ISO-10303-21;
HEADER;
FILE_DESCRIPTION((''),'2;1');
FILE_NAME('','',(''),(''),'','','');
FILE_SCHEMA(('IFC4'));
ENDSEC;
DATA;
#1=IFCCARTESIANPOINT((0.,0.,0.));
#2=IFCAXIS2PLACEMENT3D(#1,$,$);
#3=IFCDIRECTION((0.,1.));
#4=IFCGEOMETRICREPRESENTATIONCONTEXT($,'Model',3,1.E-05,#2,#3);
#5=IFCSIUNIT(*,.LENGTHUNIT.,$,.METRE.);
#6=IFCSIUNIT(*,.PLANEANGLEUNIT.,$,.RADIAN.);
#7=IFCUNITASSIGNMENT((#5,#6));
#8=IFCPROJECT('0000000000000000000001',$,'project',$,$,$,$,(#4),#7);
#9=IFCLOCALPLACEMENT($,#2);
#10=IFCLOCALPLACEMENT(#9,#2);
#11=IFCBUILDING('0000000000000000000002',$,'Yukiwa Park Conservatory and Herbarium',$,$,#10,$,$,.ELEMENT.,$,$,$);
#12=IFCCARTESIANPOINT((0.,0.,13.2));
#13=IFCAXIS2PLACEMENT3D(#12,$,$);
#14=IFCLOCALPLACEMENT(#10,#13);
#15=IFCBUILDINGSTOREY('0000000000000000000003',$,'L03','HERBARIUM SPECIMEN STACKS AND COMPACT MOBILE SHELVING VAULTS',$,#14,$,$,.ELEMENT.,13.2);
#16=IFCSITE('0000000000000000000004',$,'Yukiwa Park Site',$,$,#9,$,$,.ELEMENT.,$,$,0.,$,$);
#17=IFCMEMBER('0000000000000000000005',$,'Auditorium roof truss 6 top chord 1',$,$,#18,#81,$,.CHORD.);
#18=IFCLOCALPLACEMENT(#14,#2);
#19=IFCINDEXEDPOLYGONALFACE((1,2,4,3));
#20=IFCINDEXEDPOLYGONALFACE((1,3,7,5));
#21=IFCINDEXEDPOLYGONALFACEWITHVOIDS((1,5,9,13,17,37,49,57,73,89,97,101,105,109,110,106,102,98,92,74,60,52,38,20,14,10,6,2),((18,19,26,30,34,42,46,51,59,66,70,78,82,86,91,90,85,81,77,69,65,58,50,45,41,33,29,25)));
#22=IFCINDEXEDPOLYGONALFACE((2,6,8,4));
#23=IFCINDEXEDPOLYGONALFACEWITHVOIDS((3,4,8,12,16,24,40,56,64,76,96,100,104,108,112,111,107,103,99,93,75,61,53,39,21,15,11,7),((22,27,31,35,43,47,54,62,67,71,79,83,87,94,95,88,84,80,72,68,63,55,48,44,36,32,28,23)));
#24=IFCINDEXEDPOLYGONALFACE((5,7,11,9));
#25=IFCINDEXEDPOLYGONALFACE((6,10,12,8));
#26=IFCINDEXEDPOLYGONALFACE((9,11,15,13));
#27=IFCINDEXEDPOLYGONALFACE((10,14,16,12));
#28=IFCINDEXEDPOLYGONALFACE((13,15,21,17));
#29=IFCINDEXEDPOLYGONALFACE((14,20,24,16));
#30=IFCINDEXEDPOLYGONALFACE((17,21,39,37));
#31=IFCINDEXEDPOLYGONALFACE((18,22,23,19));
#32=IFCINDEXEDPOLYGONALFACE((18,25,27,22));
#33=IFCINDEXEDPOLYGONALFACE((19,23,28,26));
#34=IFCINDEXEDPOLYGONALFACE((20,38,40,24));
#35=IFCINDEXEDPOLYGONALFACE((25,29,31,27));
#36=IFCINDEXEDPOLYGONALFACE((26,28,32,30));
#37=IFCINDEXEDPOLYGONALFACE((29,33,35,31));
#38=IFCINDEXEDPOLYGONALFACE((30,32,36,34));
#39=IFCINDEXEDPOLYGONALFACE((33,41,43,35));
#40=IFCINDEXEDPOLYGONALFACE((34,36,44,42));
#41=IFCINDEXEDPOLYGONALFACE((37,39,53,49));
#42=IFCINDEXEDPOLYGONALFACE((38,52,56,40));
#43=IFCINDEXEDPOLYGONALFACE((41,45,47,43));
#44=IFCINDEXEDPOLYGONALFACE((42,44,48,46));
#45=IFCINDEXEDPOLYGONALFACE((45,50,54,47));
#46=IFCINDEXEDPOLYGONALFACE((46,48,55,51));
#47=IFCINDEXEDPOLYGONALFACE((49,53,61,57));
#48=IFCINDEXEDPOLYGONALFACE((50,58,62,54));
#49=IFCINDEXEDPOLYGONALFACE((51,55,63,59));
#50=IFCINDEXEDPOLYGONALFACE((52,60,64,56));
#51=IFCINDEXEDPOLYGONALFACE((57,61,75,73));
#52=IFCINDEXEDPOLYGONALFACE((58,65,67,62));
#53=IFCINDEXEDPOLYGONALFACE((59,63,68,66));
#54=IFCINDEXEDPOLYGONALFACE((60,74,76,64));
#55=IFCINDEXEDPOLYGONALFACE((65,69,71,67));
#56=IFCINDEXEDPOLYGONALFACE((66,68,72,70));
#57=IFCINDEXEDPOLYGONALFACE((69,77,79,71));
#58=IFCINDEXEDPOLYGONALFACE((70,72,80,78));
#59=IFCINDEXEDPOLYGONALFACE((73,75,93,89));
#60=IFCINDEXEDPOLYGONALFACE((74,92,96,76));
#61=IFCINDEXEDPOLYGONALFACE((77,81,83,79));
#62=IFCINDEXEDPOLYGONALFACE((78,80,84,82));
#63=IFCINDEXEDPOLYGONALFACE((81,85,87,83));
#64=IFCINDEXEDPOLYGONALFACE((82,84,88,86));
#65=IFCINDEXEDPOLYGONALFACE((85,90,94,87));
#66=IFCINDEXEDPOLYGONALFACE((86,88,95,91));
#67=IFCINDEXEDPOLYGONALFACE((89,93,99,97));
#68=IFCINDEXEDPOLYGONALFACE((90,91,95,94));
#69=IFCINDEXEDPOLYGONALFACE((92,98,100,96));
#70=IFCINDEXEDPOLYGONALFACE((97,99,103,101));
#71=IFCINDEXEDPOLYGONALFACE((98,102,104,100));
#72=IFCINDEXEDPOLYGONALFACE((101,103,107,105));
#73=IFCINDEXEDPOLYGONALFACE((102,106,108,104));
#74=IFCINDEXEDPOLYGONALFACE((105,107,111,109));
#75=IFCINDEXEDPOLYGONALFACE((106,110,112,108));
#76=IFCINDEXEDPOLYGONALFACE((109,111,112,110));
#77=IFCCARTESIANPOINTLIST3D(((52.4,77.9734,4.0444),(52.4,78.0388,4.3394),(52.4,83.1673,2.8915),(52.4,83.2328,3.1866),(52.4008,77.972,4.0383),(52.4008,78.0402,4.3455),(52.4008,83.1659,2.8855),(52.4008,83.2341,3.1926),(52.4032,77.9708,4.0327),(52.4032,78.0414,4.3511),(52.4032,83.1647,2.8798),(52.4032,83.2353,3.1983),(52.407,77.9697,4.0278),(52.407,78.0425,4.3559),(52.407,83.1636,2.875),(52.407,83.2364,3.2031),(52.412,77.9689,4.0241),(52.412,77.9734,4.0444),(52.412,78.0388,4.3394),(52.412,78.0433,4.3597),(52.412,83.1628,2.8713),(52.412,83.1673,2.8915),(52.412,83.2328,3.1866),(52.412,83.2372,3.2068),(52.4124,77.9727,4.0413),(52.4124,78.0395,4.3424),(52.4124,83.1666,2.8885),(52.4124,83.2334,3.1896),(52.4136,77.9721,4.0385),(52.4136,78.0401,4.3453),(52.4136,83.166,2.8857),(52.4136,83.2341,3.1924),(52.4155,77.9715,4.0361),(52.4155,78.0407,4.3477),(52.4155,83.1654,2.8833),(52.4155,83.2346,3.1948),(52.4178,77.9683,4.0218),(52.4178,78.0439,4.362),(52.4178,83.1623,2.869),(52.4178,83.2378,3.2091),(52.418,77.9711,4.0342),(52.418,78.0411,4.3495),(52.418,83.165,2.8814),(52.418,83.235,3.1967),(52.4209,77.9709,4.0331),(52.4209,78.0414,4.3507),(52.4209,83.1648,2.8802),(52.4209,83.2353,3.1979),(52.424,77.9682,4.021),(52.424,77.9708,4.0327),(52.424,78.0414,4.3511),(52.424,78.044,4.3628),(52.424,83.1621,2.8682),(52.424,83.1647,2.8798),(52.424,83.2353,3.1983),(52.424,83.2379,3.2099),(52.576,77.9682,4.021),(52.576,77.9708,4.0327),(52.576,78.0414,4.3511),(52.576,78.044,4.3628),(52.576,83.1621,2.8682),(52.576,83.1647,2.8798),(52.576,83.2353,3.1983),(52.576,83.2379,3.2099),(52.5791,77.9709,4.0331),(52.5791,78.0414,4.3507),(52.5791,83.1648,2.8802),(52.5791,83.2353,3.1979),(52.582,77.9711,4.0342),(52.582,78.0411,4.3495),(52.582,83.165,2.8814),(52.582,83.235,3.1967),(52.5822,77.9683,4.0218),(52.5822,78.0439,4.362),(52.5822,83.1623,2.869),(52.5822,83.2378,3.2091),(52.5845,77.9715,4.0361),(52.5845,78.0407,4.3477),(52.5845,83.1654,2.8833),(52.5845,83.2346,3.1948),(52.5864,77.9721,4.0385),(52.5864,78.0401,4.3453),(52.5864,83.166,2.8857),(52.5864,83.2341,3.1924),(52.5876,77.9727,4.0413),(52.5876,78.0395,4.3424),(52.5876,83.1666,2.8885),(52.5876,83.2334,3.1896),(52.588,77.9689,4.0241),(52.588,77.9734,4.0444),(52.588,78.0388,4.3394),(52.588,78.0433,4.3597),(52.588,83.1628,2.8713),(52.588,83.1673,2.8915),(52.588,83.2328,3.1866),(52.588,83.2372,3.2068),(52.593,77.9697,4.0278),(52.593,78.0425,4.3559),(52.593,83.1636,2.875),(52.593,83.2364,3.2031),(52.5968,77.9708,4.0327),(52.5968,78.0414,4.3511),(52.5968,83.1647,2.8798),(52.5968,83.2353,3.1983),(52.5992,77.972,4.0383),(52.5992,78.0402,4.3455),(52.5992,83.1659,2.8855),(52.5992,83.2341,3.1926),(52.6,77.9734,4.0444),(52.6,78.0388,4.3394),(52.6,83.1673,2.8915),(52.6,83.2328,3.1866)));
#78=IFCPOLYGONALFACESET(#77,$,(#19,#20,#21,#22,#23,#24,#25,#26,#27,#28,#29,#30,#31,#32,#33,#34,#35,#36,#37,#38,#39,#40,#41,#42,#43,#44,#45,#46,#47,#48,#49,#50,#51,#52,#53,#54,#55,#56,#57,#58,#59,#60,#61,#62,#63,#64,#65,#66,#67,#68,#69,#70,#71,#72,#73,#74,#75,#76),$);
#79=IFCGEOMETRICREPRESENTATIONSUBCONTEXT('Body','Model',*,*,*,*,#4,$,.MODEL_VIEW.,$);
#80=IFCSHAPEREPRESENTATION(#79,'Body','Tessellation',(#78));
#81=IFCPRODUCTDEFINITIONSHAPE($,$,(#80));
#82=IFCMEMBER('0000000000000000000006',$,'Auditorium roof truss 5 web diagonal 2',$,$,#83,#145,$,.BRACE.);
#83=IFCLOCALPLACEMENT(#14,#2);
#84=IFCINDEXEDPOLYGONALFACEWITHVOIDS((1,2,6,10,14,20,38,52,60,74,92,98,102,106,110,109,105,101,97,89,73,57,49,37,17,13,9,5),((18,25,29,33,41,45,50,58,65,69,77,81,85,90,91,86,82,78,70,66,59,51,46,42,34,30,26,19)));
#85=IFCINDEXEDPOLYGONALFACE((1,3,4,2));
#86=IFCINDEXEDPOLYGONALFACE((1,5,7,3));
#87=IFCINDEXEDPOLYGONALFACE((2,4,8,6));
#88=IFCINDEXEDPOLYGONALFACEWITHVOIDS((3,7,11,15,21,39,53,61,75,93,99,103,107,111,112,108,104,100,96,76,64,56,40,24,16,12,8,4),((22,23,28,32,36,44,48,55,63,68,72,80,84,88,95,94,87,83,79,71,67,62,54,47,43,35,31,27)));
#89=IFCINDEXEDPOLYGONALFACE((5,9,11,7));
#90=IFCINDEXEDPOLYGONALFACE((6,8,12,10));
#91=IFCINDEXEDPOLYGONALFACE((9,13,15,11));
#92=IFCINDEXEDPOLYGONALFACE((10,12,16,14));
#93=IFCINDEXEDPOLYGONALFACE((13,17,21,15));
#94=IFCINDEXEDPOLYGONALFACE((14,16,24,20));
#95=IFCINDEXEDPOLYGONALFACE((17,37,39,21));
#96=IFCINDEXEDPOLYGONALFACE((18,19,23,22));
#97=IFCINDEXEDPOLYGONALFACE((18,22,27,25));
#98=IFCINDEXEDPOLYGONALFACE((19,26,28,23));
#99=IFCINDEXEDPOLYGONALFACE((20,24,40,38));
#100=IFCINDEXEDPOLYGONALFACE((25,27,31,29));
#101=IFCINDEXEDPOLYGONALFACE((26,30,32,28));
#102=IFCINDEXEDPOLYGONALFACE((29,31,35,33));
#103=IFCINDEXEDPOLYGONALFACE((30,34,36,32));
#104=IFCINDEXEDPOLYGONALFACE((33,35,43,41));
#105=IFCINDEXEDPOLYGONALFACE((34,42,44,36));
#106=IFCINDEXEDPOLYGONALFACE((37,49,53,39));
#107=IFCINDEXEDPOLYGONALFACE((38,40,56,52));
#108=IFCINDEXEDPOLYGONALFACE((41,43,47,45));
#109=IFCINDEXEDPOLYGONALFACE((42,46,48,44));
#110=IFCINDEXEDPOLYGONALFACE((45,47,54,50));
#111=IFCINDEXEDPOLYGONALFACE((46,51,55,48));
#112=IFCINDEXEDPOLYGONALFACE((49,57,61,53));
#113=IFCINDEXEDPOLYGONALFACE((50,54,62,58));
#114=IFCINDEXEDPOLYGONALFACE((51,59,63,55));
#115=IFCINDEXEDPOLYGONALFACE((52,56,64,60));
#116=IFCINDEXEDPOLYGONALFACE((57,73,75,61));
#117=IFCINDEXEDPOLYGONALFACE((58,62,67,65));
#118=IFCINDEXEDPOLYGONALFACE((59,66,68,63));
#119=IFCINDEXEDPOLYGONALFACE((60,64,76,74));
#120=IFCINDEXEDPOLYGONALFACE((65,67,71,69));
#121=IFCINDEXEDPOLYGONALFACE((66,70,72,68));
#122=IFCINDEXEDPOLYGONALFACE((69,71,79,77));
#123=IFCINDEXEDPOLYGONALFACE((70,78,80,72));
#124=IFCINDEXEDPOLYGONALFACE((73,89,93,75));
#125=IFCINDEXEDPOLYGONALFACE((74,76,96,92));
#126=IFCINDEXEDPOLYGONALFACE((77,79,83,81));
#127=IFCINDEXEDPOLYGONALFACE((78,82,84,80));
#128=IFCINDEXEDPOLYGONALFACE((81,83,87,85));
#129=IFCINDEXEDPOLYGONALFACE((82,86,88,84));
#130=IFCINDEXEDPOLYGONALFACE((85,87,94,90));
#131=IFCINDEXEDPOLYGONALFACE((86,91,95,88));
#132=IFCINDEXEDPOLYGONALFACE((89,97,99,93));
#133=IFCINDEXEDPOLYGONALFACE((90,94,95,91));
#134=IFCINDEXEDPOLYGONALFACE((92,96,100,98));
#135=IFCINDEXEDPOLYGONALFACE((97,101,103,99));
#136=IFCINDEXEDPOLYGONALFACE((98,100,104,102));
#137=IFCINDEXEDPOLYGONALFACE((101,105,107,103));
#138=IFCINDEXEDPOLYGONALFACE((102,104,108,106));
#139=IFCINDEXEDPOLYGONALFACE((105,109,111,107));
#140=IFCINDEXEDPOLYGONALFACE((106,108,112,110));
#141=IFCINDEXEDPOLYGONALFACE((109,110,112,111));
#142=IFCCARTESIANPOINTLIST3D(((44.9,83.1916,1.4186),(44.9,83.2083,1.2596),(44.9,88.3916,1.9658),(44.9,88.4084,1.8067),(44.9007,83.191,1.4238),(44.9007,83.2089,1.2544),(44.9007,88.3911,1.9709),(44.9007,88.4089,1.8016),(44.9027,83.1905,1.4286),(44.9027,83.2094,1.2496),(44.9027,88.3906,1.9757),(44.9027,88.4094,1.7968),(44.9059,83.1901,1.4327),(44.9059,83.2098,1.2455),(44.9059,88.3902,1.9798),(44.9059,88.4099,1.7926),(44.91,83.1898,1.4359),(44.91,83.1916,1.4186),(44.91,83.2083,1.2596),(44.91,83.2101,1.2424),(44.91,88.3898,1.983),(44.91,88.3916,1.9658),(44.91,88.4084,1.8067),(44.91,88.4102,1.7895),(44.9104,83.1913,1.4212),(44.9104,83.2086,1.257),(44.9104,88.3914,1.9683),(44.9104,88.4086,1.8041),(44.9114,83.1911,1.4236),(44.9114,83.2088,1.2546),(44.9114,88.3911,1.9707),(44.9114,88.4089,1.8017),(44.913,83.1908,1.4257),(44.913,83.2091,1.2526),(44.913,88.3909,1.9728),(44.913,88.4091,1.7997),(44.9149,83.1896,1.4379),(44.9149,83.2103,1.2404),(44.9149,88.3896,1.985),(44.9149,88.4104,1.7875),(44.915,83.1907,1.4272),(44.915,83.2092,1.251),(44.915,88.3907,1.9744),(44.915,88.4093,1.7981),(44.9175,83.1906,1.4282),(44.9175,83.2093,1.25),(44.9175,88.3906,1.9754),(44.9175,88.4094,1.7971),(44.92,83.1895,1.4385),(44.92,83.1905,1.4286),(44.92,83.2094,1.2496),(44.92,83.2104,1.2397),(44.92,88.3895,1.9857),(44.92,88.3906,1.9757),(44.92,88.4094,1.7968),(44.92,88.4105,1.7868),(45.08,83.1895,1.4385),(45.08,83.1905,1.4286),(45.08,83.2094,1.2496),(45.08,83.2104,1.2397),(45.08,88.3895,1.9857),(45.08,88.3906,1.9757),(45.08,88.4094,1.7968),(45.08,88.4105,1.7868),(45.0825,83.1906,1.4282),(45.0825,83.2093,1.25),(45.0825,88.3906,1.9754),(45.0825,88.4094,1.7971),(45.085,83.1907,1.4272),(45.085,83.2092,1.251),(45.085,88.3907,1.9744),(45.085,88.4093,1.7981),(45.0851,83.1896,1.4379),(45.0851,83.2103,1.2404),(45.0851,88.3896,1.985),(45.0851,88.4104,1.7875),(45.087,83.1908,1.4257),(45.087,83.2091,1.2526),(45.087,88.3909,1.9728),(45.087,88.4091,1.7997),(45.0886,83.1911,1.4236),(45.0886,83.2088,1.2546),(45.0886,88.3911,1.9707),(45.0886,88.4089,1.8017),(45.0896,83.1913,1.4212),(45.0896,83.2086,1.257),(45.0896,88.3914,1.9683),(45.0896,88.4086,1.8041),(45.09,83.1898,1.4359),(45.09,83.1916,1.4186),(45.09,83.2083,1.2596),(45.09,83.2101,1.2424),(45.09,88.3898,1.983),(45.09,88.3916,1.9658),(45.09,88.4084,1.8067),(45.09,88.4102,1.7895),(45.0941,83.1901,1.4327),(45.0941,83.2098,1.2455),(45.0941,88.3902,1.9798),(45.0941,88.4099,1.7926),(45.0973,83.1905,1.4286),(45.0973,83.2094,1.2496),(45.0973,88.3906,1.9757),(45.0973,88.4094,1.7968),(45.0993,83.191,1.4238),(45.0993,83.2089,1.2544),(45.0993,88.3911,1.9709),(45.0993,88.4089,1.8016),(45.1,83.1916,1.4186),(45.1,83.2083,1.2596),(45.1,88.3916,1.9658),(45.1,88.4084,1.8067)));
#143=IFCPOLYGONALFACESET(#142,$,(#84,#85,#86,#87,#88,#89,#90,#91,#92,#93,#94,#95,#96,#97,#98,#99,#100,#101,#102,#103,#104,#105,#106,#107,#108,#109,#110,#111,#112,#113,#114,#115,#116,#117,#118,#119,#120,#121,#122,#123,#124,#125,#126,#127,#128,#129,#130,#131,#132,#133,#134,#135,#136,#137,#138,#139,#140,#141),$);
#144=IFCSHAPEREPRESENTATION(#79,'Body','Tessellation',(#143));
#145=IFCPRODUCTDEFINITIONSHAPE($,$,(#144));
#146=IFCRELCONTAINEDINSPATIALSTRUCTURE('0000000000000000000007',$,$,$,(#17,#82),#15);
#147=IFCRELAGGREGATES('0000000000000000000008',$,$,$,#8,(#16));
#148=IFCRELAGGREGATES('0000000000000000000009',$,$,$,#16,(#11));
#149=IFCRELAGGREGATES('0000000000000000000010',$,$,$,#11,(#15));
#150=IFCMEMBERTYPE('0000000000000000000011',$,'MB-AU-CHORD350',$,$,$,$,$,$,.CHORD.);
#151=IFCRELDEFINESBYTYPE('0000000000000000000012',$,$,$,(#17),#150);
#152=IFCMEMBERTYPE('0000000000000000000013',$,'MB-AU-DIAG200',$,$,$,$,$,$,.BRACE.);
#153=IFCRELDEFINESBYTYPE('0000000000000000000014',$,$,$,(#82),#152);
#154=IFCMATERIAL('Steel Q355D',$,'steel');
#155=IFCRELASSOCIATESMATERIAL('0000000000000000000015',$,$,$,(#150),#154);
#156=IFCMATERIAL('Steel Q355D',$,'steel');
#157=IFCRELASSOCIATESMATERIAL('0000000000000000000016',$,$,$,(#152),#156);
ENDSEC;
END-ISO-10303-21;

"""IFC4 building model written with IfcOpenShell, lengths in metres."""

from ifc_helpers import new_model, si_unit, direction, frame, origin, origin_2d, place, context, subcontext, project, spatial, hollow_rectangle, extrude, material, material_profile, profile_set, type_object, element, save


model = new_model("IFC4")

# Units and contexts
model_context = context("Model", 3, precision=1e-05, world=origin(), true_north=direction((0.0, 1.0)))
body_context = subcontext(model_context, "Body", "Model", "MODEL_VIEW")
ifc_project = project(units=[si_unit("LENGTHUNIT", "METRE"), si_unit("PLANEANGLEUNIT", "RADIAN")], contexts=[model_context])

# Site, building, storey
site_placement = place(None, origin())
site = spatial("IfcSite", under=ifc_project, at=site_placement, Name="Yukiwa Park Site", CompositionType="ELEMENT", RefElevation=0.0)
building_placement = place(site_placement, origin())
building = spatial("IfcBuilding", under=site, at=building_placement, Name="Yukiwa Park Conservatory and Herbarium", CompositionType="ELEMENT")
storey_placement = place(building_placement, frame((0.0, 0.0, 13.2)))
storey = spatial("IfcBuildingStorey", under=building, at=storey_placement, Name="L03", Description="HERBARIUM SPECIMEN STACKS AND COMPACT MOBILE SHELVING VAULTS", CompositionType="ELEMENT", Elevation=13.2)

# Members
ifc_material_1 = material(Name="Steel Q355D", Category="steel")
ifc_material_profile_1 = material_profile(ifc_material_1, hollow_rectangle(XDim=0.2, YDim=0.3501, WallThickness=0.012, InnerFilletRadius=0.012, OuterFilletRadius=0.0239, at=origin_2d()), Name="RHS 350x200x12")
ifc_profile_set_1 = profile_set([ifc_material_profile_1], Name="Steel Q355D")
member_type_1 = type_object("IfcMemberType", Name="MB-AU-CHORD350", PredefinedType="CHORD", material=ifc_profile_set_1)
member_1_placement = place(storey_placement, frame((52.5, 78.0061, 4.1919), z_axis=(0.0, 0.976241, -0.216688), x_axis=(-1.0, 0.0, 0.0)))
element("IfcMember", 1, at=member_1_placement, inside=storey, type_object=member_type_1, Name="Auditorium roof truss 6 top chord 1", PredefinedType="CHORD", context=body_context, shape_type="SweptSolid", body=[
    extrude(hollow_rectangle(XDim=0.2, YDim=0.3501, WallThickness=0.012, InnerFilletRadius=0.012, OuterFilletRadius=0.0239, at=origin_2d()), origin(), (0.0, 0.0, 1.0), 5.3203),
])
ifc_material_2 = material(Name="Steel Q355D", Category="steel")
ifc_material_profile_2 = material_profile(ifc_material_2, hollow_rectangle(XDim=0.2, YDim=0.2, WallThickness=0.01, InnerFilletRadius=0.01, OuterFilletRadius=0.02, at=origin_2d()), Name="SHS 200x200x10")
ifc_profile_set_2 = profile_set([ifc_material_profile_2], Name="Steel Q355D")
member_type_2 = type_object("IfcMemberType", Name="MB-AU-DIAG200", PredefinedType="BRACE", material=ifc_profile_set_2)
member_2_placement = place(storey_placement, frame((45.0, 83.2, 1.3391), z_axis=(0.0, 0.99451, 0.104639), x_axis=(-1.0, 0.0, 0.0)))
element("IfcMember", 2, at=member_2_placement, inside=storey, type_object=member_type_2, Name="Auditorium roof truss 5 web diagonal 2", PredefinedType="BRACE", context=body_context, shape_type="SweptSolid", body=[
    extrude(hollow_rectangle(XDim=0.2, YDim=0.2, WallThickness=0.01, InnerFilletRadius=0.01, OuterFilletRadius=0.02, at=origin_2d()), origin(), (0.0, 0.0, 1.0), 5.2288),
])

save(model, "model.ifc")
